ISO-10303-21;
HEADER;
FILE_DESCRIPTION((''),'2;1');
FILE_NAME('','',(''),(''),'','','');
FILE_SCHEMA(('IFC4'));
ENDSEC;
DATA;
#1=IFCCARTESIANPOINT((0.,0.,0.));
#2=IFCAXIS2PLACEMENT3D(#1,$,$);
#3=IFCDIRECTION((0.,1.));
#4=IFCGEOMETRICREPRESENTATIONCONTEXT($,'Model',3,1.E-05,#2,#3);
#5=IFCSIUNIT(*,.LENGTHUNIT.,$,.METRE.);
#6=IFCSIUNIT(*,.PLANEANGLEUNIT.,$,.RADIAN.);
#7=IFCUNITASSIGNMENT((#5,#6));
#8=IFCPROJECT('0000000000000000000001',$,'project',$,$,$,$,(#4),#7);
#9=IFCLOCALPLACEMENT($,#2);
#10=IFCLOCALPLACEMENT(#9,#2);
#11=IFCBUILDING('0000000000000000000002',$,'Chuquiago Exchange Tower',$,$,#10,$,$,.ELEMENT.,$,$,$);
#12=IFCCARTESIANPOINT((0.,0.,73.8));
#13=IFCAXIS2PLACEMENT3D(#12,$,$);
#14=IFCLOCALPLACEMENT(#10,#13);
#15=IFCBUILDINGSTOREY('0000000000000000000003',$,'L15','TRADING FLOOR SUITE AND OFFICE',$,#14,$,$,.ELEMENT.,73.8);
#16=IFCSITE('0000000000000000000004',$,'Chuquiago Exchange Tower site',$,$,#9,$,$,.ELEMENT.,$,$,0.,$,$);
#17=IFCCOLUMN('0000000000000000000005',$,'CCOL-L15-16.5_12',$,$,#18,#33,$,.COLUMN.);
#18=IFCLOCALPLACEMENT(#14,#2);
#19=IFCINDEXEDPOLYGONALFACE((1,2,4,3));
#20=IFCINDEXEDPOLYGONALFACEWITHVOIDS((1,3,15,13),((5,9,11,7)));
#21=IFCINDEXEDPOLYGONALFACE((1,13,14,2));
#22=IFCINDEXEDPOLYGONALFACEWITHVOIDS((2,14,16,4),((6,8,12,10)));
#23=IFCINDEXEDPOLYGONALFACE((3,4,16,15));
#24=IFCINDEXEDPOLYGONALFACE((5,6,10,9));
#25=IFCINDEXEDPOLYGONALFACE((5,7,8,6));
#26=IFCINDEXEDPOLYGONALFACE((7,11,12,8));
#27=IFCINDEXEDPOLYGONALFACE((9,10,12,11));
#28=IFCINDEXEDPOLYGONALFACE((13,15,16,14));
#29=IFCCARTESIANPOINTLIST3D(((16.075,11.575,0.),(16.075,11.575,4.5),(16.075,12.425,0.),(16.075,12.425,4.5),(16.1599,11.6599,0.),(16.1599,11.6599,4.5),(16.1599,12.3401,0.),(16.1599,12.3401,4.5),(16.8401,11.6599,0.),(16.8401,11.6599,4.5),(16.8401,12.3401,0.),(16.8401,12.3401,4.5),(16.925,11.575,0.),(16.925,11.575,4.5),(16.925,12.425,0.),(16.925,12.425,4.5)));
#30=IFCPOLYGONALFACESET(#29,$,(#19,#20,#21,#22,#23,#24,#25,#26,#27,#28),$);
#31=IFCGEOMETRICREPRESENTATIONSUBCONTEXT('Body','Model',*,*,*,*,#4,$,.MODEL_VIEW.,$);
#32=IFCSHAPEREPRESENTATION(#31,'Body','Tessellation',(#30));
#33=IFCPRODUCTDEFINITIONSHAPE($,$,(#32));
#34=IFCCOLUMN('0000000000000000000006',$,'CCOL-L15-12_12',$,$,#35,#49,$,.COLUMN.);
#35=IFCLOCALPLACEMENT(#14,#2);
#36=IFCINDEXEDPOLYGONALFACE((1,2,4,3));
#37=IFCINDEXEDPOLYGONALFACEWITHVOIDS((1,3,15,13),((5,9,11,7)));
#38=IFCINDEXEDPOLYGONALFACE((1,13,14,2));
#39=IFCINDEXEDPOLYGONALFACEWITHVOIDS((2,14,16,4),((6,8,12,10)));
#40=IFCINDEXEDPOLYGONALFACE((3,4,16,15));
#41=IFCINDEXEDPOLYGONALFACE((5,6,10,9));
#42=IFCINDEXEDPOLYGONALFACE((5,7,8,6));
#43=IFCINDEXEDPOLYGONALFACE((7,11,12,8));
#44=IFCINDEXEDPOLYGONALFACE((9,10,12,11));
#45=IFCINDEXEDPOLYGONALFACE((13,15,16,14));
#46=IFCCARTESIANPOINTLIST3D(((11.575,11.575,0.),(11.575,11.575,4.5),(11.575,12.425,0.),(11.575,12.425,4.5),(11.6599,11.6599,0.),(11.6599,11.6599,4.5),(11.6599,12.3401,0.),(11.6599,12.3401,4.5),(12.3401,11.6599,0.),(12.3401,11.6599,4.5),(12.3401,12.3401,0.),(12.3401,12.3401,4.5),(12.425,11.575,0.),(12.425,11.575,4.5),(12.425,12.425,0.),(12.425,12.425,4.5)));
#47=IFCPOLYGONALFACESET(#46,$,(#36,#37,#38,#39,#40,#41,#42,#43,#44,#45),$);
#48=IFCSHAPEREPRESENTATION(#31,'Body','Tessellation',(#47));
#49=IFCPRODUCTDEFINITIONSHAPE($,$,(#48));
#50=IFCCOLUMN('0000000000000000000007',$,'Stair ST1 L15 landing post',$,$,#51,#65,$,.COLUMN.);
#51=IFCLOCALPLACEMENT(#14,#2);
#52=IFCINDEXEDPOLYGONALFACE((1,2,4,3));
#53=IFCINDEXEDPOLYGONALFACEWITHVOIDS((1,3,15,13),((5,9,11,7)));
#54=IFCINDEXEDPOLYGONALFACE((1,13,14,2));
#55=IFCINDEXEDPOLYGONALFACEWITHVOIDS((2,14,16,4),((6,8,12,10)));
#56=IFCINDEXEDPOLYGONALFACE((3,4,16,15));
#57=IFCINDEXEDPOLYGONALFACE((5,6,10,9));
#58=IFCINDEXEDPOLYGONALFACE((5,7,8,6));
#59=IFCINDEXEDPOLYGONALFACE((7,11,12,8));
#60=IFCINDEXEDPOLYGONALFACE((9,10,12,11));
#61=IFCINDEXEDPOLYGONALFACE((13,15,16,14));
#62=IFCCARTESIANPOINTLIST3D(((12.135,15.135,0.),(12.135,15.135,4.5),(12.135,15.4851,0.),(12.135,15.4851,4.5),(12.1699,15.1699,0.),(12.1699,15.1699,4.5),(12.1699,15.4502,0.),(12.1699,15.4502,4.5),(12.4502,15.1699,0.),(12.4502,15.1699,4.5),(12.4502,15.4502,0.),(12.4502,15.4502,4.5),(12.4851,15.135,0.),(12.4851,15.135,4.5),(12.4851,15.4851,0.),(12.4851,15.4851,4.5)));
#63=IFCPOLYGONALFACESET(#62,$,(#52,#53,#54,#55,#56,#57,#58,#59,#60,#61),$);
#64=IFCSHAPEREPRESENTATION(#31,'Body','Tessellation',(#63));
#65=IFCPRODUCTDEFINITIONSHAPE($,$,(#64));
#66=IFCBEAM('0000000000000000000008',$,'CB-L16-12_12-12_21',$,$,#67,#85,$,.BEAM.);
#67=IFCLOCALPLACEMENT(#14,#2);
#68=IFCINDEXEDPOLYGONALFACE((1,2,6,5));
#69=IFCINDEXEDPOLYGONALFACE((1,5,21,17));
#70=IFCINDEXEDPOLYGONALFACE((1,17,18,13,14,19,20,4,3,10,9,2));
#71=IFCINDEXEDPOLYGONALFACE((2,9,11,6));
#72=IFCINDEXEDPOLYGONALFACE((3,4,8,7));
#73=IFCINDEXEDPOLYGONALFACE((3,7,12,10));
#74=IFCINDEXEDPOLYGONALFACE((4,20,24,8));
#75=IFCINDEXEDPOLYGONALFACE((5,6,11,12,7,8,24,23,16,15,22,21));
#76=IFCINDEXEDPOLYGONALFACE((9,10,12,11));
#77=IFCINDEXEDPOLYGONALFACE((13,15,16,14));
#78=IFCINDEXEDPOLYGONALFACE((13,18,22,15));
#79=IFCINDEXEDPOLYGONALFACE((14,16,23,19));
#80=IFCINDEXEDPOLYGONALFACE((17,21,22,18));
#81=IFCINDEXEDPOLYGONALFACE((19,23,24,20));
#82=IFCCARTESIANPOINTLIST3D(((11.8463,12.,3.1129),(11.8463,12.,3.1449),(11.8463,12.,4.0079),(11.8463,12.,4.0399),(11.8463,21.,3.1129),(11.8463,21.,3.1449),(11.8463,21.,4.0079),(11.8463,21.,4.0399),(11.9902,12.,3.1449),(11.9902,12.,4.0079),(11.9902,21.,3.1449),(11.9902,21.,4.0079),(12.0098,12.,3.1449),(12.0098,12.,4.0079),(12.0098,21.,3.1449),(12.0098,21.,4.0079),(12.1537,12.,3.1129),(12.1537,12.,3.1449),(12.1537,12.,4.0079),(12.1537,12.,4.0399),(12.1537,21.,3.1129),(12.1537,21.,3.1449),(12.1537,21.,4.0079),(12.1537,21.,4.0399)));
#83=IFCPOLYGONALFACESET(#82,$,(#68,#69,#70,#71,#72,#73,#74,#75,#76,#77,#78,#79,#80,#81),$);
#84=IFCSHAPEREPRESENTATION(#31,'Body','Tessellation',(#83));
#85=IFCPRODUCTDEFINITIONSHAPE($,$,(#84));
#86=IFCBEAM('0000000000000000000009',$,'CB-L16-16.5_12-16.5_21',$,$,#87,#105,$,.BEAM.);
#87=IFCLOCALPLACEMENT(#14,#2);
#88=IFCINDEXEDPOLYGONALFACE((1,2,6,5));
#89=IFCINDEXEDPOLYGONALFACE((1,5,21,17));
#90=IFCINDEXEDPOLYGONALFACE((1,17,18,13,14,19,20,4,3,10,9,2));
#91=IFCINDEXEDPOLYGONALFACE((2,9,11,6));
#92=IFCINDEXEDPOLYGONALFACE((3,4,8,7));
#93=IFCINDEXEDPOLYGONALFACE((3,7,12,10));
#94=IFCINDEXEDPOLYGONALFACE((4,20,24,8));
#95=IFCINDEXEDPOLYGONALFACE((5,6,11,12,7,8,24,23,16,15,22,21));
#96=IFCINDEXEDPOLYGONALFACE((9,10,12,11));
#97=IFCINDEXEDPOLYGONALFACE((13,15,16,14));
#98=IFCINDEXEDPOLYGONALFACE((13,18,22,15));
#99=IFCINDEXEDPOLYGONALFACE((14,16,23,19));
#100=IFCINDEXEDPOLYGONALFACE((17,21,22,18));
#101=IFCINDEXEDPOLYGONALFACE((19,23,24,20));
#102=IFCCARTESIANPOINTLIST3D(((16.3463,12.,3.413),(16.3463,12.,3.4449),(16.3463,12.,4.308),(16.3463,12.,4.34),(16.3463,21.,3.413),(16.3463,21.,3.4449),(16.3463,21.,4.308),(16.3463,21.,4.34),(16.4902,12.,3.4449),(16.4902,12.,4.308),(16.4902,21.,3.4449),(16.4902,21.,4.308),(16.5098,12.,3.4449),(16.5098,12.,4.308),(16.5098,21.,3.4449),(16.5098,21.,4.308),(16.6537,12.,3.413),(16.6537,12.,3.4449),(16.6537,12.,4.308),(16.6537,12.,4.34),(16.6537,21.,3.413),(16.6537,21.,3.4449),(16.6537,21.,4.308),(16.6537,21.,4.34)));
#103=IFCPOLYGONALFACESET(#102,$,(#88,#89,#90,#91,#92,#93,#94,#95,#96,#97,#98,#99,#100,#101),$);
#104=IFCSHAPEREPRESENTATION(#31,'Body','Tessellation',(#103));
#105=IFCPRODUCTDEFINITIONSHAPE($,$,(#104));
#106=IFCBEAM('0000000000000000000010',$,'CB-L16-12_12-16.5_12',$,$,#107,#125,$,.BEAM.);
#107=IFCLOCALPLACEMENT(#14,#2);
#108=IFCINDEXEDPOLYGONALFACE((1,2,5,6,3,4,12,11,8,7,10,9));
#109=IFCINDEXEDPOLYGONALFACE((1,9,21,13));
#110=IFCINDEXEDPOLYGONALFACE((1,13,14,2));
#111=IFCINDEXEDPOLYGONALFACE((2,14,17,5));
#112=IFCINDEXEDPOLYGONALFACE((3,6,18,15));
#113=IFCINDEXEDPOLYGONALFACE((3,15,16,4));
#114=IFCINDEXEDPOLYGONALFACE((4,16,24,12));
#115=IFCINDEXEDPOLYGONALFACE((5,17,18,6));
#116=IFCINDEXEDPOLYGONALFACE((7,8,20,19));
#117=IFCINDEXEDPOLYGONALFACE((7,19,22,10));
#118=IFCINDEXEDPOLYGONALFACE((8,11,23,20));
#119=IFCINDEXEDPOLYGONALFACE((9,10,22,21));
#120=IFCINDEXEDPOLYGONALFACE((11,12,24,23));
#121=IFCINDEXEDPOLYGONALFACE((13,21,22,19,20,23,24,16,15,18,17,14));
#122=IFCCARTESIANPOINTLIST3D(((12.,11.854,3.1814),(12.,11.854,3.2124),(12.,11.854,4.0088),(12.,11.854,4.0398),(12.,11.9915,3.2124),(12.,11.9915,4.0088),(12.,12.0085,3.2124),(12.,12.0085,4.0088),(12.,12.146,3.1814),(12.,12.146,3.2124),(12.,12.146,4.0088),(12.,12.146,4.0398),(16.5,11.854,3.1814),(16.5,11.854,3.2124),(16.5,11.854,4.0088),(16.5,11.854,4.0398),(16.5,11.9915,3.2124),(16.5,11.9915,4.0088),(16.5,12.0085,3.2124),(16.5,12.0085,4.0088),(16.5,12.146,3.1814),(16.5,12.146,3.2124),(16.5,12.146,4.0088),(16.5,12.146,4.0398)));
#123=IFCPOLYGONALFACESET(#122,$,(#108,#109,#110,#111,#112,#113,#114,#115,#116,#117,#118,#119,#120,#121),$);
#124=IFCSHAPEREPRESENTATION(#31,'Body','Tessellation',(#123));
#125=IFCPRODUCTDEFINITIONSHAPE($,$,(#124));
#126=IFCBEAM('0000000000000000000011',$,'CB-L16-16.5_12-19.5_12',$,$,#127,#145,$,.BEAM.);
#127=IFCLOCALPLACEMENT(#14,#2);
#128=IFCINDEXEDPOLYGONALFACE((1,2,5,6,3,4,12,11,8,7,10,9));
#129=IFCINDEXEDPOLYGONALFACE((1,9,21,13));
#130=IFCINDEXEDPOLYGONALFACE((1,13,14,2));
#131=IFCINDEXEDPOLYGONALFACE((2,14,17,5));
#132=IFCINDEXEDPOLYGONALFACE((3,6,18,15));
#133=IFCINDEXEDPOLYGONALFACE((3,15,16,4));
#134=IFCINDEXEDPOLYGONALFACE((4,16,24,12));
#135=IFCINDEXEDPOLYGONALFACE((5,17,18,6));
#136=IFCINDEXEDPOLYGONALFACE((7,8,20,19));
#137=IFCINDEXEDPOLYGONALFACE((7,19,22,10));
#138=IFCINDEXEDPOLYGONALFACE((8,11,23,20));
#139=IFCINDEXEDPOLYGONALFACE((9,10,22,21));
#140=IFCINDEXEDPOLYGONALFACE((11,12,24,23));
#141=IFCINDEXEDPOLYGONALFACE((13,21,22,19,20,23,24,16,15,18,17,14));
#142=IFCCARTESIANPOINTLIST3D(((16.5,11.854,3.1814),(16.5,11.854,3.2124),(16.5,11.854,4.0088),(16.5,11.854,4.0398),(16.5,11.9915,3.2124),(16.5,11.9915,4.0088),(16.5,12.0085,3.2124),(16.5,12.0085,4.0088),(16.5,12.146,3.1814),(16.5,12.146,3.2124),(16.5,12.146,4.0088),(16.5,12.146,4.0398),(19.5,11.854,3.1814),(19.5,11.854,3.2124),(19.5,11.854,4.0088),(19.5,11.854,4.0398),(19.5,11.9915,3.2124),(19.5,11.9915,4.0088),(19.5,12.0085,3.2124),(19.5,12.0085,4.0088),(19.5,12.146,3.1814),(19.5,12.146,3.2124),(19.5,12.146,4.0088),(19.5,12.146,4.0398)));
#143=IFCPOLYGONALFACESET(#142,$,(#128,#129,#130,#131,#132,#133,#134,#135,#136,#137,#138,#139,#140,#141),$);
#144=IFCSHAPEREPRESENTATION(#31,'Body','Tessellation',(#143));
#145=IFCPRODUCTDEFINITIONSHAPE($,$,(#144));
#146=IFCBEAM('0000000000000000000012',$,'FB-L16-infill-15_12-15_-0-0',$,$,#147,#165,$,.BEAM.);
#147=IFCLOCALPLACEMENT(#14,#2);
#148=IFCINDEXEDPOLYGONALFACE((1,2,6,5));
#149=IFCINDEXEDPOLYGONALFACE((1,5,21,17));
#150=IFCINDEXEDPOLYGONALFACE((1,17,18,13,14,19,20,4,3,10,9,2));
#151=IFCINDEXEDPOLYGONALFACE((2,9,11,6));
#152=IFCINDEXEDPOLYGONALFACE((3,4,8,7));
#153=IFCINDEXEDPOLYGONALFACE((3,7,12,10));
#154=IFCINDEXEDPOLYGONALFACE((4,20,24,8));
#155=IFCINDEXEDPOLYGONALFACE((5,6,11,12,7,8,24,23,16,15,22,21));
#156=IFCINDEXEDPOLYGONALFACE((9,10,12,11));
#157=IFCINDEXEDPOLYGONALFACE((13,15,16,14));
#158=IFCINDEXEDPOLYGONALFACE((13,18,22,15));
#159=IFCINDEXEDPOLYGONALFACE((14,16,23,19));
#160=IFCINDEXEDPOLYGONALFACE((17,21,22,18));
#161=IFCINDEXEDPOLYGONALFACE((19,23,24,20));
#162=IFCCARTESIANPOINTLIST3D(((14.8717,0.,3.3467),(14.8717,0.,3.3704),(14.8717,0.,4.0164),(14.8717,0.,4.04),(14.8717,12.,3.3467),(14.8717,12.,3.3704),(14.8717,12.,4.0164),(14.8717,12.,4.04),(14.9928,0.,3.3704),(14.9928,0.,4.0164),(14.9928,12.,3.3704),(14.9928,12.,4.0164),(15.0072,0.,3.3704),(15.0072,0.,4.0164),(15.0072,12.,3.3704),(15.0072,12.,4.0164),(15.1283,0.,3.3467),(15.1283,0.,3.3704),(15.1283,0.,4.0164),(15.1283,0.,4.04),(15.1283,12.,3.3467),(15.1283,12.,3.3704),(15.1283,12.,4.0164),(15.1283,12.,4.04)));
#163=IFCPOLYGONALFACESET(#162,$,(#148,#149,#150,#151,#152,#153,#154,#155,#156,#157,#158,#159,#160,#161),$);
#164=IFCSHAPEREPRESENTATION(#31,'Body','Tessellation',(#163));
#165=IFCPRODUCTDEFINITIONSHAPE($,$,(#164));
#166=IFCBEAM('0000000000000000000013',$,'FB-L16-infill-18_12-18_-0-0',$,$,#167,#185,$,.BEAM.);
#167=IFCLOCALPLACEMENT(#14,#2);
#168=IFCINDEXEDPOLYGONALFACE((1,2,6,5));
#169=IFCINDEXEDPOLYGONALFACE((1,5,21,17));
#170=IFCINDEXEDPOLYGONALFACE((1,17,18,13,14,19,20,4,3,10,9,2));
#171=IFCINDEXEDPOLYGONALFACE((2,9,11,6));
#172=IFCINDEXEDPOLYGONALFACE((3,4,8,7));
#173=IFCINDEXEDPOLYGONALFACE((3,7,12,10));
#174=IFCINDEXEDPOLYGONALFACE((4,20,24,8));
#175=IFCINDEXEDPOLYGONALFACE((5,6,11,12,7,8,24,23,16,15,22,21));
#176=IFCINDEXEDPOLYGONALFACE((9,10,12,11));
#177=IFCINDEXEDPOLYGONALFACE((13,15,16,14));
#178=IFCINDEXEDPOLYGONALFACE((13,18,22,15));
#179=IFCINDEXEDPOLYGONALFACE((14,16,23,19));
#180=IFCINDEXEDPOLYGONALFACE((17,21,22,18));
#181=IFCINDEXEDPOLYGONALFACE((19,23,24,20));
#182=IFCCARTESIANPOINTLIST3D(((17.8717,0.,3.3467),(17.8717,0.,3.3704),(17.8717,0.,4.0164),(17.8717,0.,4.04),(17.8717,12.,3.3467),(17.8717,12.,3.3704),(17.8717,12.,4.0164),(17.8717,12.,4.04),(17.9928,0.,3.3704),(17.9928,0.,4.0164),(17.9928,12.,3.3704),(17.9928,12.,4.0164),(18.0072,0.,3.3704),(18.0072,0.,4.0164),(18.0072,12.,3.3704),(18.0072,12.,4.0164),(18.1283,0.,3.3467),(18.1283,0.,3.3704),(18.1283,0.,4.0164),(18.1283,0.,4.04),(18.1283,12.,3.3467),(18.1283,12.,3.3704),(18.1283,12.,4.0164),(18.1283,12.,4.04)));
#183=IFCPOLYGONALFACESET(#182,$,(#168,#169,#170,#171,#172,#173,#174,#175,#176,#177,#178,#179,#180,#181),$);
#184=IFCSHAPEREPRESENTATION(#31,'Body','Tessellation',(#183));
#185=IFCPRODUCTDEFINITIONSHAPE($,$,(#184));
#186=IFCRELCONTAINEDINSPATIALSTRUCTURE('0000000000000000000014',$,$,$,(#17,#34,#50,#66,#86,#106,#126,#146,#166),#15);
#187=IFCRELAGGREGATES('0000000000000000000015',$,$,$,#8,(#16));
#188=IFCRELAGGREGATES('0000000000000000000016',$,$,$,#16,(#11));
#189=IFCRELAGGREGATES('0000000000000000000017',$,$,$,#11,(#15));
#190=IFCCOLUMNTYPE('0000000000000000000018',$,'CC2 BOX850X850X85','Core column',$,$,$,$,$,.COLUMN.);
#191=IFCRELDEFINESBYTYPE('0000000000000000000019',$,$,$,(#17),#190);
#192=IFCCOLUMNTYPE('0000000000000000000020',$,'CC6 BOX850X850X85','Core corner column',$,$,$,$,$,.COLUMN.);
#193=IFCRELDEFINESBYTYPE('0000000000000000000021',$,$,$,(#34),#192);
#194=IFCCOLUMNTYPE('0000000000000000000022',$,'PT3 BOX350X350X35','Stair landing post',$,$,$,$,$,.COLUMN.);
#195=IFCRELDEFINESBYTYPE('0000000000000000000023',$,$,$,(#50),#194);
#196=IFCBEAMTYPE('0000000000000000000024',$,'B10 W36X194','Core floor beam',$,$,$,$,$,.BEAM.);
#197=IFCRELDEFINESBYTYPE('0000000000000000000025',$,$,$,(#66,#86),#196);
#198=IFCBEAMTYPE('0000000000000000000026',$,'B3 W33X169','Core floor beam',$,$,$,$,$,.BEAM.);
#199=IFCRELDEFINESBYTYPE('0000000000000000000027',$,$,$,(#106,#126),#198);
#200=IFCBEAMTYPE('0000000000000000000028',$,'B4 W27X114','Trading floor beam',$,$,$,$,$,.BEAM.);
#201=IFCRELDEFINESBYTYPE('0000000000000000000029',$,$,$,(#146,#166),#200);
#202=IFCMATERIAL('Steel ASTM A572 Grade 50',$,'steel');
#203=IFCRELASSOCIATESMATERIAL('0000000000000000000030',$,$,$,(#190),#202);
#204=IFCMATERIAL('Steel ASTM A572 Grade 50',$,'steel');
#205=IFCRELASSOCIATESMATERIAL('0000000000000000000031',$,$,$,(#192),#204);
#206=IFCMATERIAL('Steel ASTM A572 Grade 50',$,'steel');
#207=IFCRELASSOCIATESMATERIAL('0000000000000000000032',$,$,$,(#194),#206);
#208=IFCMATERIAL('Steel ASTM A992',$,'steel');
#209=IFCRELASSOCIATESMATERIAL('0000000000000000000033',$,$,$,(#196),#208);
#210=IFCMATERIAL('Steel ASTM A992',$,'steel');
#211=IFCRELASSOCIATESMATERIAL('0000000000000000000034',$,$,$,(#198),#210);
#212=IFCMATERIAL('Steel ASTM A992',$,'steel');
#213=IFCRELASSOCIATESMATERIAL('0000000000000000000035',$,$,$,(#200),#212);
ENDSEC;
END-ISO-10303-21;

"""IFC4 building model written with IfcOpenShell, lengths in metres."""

from ifc_helpers import new_model, si_unit, direction, frame, origin, origin_2d, place, context, subcontext, project, spatial, hollow_rectangle, i_section, extrude, material, material_profile, profile_set, type_object, element, save


model = new_model("IFC4")

# Units and contexts
model_context = context("Model", 3, precision=1e-05, world=origin(), true_north=direction((0.0, 1.0)))
body_context = subcontext(model_context, "Body", "Model", "MODEL_VIEW")
ifc_project = project(units=[si_unit("LENGTHUNIT", "METRE"), si_unit("PLANEANGLEUNIT", "RADIAN")], contexts=[model_context])

# Site, building, storey
site_placement = place(None, origin())
site = spatial("IfcSite", under=ifc_project, at=site_placement, Name="Chuquiago Exchange Tower site", CompositionType="ELEMENT", RefElevation=0.0)
building_placement = place(site_placement, origin())
building = spatial("IfcBuilding", under=site, at=building_placement, Name="Chuquiago Exchange Tower", CompositionType="ELEMENT")
storey_placement = place(building_placement, frame((0.0, 0.0, 73.8)))
storey = spatial("IfcBuildingStorey", under=building, at=storey_placement, Name="L15", Description="TRADING FLOOR SUITE AND OFFICE", CompositionType="ELEMENT", Elevation=73.8)

# Columns
ifc_material_1 = material(Name="Steel ASTM A572 Grade 50", Category="steel")
ifc_material_profile_1 = material_profile(ifc_material_1, hollow_rectangle(XDim=0.8501, YDim=0.8501, WallThickness=0.085, at=origin_2d()), Name="BOX850X850X85")
ifc_profile_set_1 = profile_set([ifc_material_profile_1], Name="Steel ASTM A572 Grade 50")
column_type_1 = type_object("IfcColumnType", Name="CC2 BOX850X850X85", Description="Core column", PredefinedType="COLUMN", material=ifc_profile_set_1)
column_1_placement = place(storey_placement, frame((16.5, 12.0, 0.0), z_axis=(0.0, 0.0, 1.0), x_axis=(1.0, 0.0, 0.0)))
element("IfcColumn", 1, at=column_1_placement, inside=storey, type_object=column_type_1, Name="CCOL-L15-16.5_12", PredefinedType="COLUMN", context=body_context, shape_type="SweptSolid", body=[
    extrude(hollow_rectangle(XDim=0.8501, YDim=0.8501, WallThickness=0.085, at=origin_2d()), origin(), (0.0, 0.0, 1.0), 4.5),
])
ifc_material_2 = material(Name="Steel ASTM A572 Grade 50", Category="steel")
ifc_material_profile_2 = material_profile(ifc_material_2, hollow_rectangle(XDim=0.8501, YDim=0.8501, WallThickness=0.085, at=origin_2d()), Name="BOX850X850X85")
ifc_profile_set_2 = profile_set([ifc_material_profile_2], Name="Steel ASTM A572 Grade 50")
column_type_2 = type_object("IfcColumnType", Name="CC6 BOX850X850X85", Description="Core corner column", PredefinedType="COLUMN", material=ifc_profile_set_2)
column_2_placement = place(storey_placement, frame((12.0, 12.0, 0.0), z_axis=(0.0, 0.0, 1.0), x_axis=(1.0, 0.0, 0.0)))
element("IfcColumn", 2, at=column_2_placement, inside=storey, type_object=column_type_2, Name="CCOL-L15-12_12", PredefinedType="COLUMN", context=body_context, shape_type="SweptSolid", body=[
    extrude(hollow_rectangle(XDim=0.8501, YDim=0.8501, WallThickness=0.085, at=origin_2d()), origin(), (0.0, 0.0, 1.0), 4.5),
])
ifc_material_3 = material(Name="Steel ASTM A572 Grade 50", Category="steel")
ifc_material_profile_3 = material_profile(ifc_material_3, hollow_rectangle(XDim=0.3501, YDim=0.3501, WallThickness=0.0349, at=origin_2d()), Name="BOX350X350X35")
ifc_profile_set_3 = profile_set([ifc_material_profile_3], Name="Steel ASTM A572 Grade 50")
column_type_3 = type_object("IfcColumnType", Name="PT3 BOX350X350X35", Description="Stair landing post", PredefinedType="COLUMN", material=ifc_profile_set_3)
column_3_placement = place(storey_placement, frame((12.3101, 15.3101, 0.0), z_axis=(0.0, 0.0, 1.0), x_axis=(1.0, 0.0, 0.0)))
element("IfcColumn", 3, at=column_3_placement, inside=storey, type_object=column_type_3, Name="Stair ST1 L15 landing post", PredefinedType="COLUMN", context=body_context, shape_type="SweptSolid", body=[
    extrude(hollow_rectangle(XDim=0.3501, YDim=0.3501, WallThickness=0.0349, at=origin_2d()), origin(), (0.0, 0.0, 1.0), 4.5),
])

# Beams
ifc_material_4 = material(Name="Steel ASTM A992", Category="steel")
ifc_material_profile_4 = material_profile(ifc_material_4, i_section(OverallWidth=0.3074, OverallDepth=0.927, WebThickness=0.0195, FlangeThickness=0.032, at=origin_2d()), Name="W36X194")
ifc_profile_set_4 = profile_set([ifc_material_profile_4], Name="Steel ASTM A992")
beam_type_1 = type_object("IfcBeamType", Name="B10 W36X194", Description="Core floor beam", PredefinedType="BEAM", material=ifc_profile_set_4)
for number, where, z_axis, x_axis, name in (
    (4, (12.0, 12.0, 3.5764), (0.0, 1.0, 0.0), (-1.0, 0.0, 0.0), "CB-L16-12_12-12_21"),
    (5, (16.5, 12.0, 3.8765), (0.0, 1.0, 0.0), (-1.0, 0.0, 0.0), "CB-L16-16.5_12-16.5_21"),
):
    element("IfcBeam", number, at=place(storey_placement, frame(where, z_axis=z_axis, x_axis=x_axis)), inside=storey, type_object=beam_type_1, Name=name, PredefinedType="BEAM", context=body_context, shape_type="SweptSolid", body=[
        extrude(i_section(OverallWidth=0.3074, OverallDepth=0.927, WebThickness=0.0195, FlangeThickness=0.032, at=origin_2d()), origin(), (0.0, 0.0, 1.0), 9.0),
    ])
ifc_material_5 = material(Name="Steel ASTM A992", Category="steel")
ifc_material_profile_5 = material_profile(ifc_material_5, i_section(OverallWidth=0.292, OverallDepth=0.8584, WebThickness=0.0171, FlangeThickness=0.031, at=origin_2d()), Name="W33X169")
ifc_profile_set_5 = profile_set([ifc_material_profile_5], Name="Steel ASTM A992")
beam_type_2 = type_object("IfcBeamType", Name="B3 W33X169", Description="Core floor beam", PredefinedType="BEAM", material=ifc_profile_set_5)
beam_1_placement = place(storey_placement, frame((12.0, 12.0, 3.6106), z_axis=(1.0, 0.0, 0.0), x_axis=(0.0, 1.0, 0.0)))
element("IfcBeam", 6, at=beam_1_placement, inside=storey, type_object=beam_type_2, Name="CB-L16-12_12-16.5_12", PredefinedType="BEAM", context=body_context, shape_type="SweptSolid", body=[
    extrude(i_section(OverallWidth=0.292, OverallDepth=0.8584, WebThickness=0.0171, FlangeThickness=0.031, at=origin_2d()), origin(), (0.0, 0.0, 1.0), 4.5),
])
beam_2_placement = place(storey_placement, frame((16.5, 12.0, 3.6106), z_axis=(1.0, 0.0, 0.0), x_axis=(0.0, 1.0, 0.0)))
element("IfcBeam", 7, at=beam_2_placement, inside=storey, type_object=beam_type_2, Name="CB-L16-16.5_12-19.5_12", PredefinedType="BEAM", context=body_context, shape_type="SweptSolid", body=[
    extrude(i_section(OverallWidth=0.292, OverallDepth=0.8584, WebThickness=0.0171, FlangeThickness=0.031, at=origin_2d()), origin(), (0.0, 0.0, 1.0), 3.0),
])
ifc_material_6 = material(Name="Steel ASTM A992", Category="steel")
ifc_material_profile_6 = material_profile(ifc_material_6, i_section(OverallWidth=0.2566, OverallDepth=0.6934, WebThickness=0.0144, FlangeThickness=0.0237, at=origin_2d()), Name="W27X114")
ifc_profile_set_6 = profile_set([ifc_material_profile_6], Name="Steel ASTM A992")
beam_type_3 = type_object("IfcBeamType", Name="B4 W27X114", Description="Trading floor beam", PredefinedType="BEAM", material=ifc_profile_set_6)
for number, where, z_axis, x_axis, name in (
    (8, (15.0, 12.0, 3.6934), (0.0, -1.0, 0.0), (1.0, 0.0, 0.0), "FB-L16-infill-15_12-15_-0-0"),
    (9, (18.0, 12.0, 3.6934), (0.0, -1.0, 0.0), (1.0, 0.0, 0.0), "FB-L16-infill-18_12-18_-0-0"),
):
    element("IfcBeam", number, at=place(storey_placement, frame(where, z_axis=z_axis, x_axis=x_axis)), inside=storey, type_object=beam_type_3, Name=name, PredefinedType="BEAM", context=body_context, shape_type="SweptSolid", body=[
        extrude(i_section(OverallWidth=0.2566, OverallDepth=0.6934, WebThickness=0.0144, FlangeThickness=0.0237, at=origin_2d()), origin(), (0.0, 0.0, 1.0), 12.0),
    ])

save(model, "model.ifc")
